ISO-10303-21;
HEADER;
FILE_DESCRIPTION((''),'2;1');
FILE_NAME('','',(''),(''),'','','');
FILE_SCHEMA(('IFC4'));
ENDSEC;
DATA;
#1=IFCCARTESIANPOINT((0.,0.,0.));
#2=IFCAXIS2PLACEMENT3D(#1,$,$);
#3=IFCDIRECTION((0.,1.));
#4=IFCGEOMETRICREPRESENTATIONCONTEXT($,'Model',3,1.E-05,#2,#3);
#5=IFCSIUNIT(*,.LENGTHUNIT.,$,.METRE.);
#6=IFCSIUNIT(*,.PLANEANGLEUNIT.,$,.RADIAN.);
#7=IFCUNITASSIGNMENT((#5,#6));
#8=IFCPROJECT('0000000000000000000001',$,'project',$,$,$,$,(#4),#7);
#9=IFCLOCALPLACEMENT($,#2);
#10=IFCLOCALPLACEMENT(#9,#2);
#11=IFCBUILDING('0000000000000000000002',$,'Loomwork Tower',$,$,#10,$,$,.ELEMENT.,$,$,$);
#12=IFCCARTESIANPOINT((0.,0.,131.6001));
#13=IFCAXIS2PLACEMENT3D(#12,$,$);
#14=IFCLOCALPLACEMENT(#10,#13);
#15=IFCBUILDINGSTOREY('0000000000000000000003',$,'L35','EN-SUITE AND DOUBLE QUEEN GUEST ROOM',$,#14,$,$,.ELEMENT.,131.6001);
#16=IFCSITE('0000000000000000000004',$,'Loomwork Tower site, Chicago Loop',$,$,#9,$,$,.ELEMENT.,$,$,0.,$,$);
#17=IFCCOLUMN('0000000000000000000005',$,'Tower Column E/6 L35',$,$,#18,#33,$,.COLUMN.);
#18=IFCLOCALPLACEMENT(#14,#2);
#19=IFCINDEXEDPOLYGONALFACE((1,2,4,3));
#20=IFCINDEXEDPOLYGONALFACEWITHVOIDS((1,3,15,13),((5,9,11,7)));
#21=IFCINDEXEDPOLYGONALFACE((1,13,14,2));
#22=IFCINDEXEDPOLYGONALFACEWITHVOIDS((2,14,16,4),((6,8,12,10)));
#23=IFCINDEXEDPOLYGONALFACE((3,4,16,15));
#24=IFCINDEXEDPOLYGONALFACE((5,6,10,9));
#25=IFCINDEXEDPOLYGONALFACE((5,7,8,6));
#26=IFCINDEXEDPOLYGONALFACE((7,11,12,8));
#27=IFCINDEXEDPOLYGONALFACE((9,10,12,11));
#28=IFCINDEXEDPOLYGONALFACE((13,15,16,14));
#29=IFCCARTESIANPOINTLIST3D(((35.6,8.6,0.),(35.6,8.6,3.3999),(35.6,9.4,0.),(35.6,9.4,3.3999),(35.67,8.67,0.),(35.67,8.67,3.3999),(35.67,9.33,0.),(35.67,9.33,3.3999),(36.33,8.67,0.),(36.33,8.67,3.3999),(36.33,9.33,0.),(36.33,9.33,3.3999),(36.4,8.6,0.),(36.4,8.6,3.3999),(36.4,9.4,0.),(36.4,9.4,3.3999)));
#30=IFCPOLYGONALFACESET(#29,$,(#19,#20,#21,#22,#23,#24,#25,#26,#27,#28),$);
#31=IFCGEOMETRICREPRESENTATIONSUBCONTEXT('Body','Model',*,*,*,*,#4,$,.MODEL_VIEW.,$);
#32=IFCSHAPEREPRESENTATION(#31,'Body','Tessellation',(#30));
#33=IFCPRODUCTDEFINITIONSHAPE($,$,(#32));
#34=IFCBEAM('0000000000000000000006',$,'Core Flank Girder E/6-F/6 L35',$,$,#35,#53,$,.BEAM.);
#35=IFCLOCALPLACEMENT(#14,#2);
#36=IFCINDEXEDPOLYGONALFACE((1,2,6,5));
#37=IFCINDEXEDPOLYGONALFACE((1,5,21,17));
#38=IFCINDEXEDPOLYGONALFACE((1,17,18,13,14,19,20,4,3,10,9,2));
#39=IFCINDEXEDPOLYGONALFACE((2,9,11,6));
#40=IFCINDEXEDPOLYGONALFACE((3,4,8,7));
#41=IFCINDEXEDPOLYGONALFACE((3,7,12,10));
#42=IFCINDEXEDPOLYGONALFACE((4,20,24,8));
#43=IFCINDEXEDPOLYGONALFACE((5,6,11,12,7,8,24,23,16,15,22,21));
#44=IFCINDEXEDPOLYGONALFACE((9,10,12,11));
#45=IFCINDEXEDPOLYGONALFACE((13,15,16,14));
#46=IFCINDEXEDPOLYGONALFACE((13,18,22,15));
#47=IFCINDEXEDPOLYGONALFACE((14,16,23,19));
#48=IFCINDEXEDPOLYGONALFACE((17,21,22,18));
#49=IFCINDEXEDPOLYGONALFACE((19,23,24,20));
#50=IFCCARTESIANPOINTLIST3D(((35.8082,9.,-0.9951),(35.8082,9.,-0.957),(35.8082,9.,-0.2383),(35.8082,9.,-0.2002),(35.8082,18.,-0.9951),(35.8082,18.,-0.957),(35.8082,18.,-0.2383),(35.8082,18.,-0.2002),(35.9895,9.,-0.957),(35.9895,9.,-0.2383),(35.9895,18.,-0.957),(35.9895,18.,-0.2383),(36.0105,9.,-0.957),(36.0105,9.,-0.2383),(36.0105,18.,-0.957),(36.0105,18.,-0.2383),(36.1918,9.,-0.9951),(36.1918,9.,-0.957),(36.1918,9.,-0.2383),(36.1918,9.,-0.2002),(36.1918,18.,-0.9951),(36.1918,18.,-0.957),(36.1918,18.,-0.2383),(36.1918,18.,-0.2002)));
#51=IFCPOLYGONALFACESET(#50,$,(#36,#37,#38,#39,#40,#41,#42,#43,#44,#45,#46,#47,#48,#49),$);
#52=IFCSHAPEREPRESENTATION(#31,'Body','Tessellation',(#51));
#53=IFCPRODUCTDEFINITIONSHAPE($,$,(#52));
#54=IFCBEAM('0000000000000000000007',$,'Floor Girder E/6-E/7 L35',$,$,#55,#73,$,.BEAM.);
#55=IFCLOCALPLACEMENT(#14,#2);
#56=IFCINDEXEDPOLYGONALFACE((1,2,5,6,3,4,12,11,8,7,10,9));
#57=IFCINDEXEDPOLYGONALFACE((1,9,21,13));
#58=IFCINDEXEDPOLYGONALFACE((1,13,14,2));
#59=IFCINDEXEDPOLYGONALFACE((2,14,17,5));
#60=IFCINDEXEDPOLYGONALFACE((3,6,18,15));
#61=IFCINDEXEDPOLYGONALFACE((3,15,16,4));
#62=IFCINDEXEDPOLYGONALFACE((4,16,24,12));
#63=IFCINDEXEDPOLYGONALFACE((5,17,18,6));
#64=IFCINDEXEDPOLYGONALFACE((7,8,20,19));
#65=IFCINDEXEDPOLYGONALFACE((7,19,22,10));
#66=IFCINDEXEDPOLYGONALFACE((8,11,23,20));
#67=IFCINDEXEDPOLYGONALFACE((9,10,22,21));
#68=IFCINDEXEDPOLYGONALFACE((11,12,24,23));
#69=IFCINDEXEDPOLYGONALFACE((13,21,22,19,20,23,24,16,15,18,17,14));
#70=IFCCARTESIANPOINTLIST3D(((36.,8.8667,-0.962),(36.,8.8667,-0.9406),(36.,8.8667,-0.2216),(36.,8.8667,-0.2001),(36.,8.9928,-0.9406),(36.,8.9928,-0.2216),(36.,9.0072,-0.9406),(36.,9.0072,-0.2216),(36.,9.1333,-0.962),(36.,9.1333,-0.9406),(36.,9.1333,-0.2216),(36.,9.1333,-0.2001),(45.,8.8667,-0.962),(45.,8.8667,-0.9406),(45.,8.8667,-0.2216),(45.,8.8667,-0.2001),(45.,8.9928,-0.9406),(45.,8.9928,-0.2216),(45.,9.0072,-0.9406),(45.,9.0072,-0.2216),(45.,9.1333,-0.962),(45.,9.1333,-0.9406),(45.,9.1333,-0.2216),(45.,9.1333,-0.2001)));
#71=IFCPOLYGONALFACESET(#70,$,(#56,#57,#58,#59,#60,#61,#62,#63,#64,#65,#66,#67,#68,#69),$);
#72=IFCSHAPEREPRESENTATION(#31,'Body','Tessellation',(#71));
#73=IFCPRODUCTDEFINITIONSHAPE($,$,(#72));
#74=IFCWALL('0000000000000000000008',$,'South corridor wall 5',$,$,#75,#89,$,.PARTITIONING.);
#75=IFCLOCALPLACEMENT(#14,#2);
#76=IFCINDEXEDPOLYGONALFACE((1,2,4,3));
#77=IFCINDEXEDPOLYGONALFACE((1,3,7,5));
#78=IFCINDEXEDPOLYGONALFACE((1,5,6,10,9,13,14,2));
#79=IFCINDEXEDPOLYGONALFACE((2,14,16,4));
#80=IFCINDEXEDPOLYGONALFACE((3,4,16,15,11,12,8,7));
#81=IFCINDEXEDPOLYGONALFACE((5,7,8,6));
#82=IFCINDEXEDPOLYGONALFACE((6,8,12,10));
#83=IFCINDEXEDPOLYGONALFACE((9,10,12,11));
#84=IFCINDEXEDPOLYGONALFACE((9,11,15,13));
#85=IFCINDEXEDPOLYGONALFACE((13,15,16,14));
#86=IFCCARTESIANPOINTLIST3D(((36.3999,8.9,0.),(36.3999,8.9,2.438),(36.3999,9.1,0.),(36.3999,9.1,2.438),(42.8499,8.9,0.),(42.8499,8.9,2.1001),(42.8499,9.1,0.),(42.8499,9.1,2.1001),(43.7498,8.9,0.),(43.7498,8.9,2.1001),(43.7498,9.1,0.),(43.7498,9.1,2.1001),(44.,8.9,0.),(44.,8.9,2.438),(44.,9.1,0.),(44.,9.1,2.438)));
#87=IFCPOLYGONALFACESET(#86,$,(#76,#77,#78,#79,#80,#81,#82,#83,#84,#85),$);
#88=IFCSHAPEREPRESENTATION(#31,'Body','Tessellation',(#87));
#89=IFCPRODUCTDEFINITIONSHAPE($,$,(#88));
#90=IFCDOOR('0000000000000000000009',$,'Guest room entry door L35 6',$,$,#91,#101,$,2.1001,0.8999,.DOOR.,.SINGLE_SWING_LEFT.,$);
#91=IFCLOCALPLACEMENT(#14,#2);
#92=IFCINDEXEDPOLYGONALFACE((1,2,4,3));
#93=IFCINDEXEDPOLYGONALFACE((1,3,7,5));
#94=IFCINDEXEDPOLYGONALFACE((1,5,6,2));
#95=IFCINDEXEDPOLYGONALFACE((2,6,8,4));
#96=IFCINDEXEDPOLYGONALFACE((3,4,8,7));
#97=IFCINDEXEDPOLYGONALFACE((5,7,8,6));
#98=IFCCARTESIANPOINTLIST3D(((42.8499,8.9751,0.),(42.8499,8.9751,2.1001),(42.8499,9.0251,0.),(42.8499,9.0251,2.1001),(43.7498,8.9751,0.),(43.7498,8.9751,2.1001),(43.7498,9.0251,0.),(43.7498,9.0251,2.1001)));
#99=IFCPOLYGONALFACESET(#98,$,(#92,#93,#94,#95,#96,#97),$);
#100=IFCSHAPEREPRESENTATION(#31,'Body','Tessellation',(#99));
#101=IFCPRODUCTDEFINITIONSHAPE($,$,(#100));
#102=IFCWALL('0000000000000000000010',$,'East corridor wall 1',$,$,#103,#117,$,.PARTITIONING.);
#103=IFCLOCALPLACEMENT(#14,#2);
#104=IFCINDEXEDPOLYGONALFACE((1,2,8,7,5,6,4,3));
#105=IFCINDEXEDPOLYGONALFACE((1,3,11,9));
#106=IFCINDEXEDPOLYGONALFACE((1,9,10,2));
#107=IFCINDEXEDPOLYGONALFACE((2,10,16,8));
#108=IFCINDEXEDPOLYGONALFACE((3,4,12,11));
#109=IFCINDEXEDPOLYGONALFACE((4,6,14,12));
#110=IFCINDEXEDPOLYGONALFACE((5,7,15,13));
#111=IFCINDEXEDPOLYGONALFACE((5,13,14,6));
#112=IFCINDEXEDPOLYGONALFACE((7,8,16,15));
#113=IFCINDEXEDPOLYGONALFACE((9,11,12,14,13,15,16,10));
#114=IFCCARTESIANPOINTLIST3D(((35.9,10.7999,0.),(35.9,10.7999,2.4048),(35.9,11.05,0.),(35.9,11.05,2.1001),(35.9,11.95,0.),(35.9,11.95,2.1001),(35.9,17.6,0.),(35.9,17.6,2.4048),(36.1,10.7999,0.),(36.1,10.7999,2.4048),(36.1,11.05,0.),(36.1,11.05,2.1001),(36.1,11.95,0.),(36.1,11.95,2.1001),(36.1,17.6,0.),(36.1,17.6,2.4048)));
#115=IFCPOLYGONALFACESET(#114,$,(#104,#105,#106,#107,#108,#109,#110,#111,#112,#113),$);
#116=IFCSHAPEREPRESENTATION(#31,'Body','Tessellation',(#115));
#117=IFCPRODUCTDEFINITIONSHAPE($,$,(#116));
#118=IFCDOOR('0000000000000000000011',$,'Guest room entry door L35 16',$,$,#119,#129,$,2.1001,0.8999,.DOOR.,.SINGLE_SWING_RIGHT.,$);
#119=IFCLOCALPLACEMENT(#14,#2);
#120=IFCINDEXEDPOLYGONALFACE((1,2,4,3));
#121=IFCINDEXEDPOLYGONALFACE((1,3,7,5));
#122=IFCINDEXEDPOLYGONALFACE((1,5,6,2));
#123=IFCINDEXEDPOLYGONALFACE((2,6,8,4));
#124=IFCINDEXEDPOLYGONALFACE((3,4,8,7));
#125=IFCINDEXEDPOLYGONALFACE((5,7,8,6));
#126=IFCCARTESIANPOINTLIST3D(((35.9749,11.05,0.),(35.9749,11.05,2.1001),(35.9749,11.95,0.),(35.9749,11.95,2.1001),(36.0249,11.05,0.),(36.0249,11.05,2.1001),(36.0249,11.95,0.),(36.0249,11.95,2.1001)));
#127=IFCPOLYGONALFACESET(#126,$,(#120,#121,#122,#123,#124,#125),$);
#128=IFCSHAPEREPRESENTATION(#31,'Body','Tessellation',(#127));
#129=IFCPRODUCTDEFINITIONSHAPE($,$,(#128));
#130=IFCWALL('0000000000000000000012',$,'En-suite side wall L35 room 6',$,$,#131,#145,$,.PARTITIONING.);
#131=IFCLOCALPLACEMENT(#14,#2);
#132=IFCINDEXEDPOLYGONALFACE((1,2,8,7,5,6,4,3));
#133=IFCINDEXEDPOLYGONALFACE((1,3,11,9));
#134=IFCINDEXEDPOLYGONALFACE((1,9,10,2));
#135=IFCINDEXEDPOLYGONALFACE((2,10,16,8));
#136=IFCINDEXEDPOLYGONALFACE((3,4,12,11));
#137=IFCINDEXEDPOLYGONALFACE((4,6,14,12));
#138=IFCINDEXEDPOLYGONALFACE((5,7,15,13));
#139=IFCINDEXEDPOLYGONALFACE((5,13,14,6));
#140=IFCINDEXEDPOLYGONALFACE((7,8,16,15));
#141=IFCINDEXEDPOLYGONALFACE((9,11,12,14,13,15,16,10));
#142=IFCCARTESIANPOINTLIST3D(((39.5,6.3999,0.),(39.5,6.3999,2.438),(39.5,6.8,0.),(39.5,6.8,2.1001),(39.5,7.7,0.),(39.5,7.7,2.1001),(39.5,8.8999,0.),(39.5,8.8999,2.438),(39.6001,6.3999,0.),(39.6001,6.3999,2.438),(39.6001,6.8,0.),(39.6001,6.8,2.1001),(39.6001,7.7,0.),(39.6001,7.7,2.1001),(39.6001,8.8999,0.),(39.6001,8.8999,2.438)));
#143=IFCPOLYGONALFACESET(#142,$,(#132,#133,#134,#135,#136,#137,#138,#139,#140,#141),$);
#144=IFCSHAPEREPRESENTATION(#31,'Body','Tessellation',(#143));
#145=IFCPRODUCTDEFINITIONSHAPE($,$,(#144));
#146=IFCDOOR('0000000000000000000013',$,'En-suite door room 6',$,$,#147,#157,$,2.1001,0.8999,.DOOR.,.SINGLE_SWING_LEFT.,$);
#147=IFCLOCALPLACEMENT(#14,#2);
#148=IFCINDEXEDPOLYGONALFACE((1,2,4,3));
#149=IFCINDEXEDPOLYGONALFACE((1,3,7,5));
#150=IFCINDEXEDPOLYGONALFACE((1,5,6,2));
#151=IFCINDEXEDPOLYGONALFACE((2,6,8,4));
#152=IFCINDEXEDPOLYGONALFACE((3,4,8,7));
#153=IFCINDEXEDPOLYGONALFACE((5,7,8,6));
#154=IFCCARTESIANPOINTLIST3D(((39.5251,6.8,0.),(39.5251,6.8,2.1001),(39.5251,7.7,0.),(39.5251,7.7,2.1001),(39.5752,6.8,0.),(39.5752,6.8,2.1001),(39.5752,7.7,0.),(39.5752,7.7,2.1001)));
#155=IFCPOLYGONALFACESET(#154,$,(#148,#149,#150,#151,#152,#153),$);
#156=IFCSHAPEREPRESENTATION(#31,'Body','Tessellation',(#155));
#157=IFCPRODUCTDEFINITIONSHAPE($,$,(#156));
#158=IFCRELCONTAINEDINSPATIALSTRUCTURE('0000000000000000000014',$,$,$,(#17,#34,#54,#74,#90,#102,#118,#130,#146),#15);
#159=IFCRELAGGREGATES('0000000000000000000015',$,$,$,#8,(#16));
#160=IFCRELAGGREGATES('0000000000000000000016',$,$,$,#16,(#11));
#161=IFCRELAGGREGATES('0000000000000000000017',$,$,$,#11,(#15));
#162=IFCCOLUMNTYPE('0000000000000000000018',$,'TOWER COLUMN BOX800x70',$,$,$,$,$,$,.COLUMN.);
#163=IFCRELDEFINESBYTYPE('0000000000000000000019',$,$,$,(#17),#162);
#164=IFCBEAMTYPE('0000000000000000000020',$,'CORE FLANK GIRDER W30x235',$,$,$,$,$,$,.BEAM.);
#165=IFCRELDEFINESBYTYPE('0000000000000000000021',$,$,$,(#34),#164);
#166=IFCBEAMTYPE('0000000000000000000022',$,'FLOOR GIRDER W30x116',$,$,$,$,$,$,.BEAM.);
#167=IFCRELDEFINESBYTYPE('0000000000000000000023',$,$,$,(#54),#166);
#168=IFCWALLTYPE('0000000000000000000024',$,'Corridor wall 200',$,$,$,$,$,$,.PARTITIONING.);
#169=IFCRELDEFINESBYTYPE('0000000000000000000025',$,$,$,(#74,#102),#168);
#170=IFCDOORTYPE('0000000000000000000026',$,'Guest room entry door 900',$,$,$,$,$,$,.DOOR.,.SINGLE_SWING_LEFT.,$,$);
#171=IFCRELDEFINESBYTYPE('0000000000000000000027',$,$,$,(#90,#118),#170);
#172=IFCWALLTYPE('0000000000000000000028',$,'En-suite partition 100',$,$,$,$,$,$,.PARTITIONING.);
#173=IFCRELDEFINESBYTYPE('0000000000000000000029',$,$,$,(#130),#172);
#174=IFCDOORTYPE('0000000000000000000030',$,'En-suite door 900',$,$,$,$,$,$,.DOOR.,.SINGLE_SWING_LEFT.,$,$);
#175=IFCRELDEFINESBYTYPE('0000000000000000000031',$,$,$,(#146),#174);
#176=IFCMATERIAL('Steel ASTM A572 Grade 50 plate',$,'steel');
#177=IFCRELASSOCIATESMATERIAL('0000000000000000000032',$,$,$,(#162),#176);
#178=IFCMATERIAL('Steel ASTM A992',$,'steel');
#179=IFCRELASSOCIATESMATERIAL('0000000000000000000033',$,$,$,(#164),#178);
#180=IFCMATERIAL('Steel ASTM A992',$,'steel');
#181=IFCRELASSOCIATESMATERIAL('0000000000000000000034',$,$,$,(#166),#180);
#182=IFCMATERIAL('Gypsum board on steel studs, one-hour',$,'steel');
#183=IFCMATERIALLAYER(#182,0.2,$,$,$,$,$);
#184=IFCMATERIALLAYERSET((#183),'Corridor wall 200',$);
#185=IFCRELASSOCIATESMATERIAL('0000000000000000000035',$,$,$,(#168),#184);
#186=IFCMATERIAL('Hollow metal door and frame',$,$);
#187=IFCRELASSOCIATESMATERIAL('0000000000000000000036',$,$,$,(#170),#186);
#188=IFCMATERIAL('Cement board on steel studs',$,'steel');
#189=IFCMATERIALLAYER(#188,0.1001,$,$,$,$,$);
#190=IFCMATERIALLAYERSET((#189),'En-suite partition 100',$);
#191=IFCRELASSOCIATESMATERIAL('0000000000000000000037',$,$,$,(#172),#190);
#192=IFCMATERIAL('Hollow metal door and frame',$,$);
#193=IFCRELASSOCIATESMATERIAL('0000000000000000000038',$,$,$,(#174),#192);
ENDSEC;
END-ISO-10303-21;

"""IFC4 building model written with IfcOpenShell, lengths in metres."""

from ifc_helpers import new_model, si_unit, direction, frame, frame_2d, origin, origin_2d, place, context, subcontext, project, spatial, rectangle, hollow_rectangle, i_section, extrude, material, layer, layer_set, material_profile, profile_set, type_object, element, fill, save


model = new_model("IFC4")

# Units and contexts
model_context = context("Model", 3, precision=1e-05, world=origin(), true_north=direction((0.0, 1.0)))
body_context = subcontext(model_context, "Body", "Model", "MODEL_VIEW")
ifc_project = project(units=[si_unit("LENGTHUNIT", "METRE"), si_unit("PLANEANGLEUNIT", "RADIAN")], contexts=[model_context])

# Site, building, storey
site_placement = place(None, origin())
site = spatial("IfcSite", under=ifc_project, at=site_placement, Name="Loomwork Tower site, Chicago Loop", CompositionType="ELEMENT", RefElevation=0.0)
building_placement = place(site_placement, origin())
building = spatial("IfcBuilding", under=site, at=building_placement, Name="Loomwork Tower", CompositionType="ELEMENT")
storey_placement = place(building_placement, frame((0.0, 0.0, 131.6001)))
storey = spatial("IfcBuildingStorey", under=building, at=storey_placement, Name="L35", Description="EN-SUITE AND DOUBLE QUEEN GUEST ROOM", CompositionType="ELEMENT", Elevation=131.6001)

# Column
ifc_material_1 = material(Name="Steel ASTM A572 Grade 50 plate", Category="steel")
ifc_material_profile_1 = material_profile(ifc_material_1, hollow_rectangle(XDim=0.8, YDim=0.8, WallThickness=0.0701, at=origin_2d()), Name="BOX800x70")
ifc_profile_set_1 = profile_set([ifc_material_profile_1], Name="Steel ASTM A572 Grade 50 plate")
column_type = type_object("IfcColumnType", Name="TOWER COLUMN BOX800x70", PredefinedType="COLUMN", material=ifc_profile_set_1)
column_placement = place(storey_placement, frame((36.0, 9.0, 0.0), z_axis=(0.0, 0.0, 1.0), x_axis=(0.0, 1.0, 0.0)))
element("IfcColumn", 1, at=column_placement, inside=storey, type_object=column_type, Name="Tower Column E/6 L35", PredefinedType="COLUMN", context=body_context, shape_type="SweptSolid", body=[
    extrude(hollow_rectangle(XDim=0.8, YDim=0.8, WallThickness=0.0701, at=origin_2d()), origin(), (0.0, 0.0, 1.0), 3.3999),
])

# Beams
ifc_material_2 = material(Name="Steel ASTM A992", Category="steel")
ifc_material_profile_2 = material_profile(ifc_material_2, i_section(OverallWidth=0.3835, OverallDepth=0.7949, WebThickness=0.021, FlangeThickness=0.0381, at=origin_2d()), Name="W30x235")
ifc_profile_set_2 = profile_set([ifc_material_profile_2], Name="Steel ASTM A992")
beam_type_1 = type_object("IfcBeamType", Name="CORE FLANK GIRDER W30x235", PredefinedType="BEAM", material=ifc_profile_set_2)
beam_1_placement = place(storey_placement, frame((36.0, 9.0, -0.5977), z_axis=(0.0, 1.0, 0.0), x_axis=(-1.0, 0.0, 0.0)))
element("IfcBeam", 2, at=beam_1_placement, inside=storey, type_object=beam_type_1, Name="Core Flank Girder E/6-F/6 L35", PredefinedType="BEAM", context=body_context, shape_type="SweptSolid", body=[
    extrude(i_section(OverallWidth=0.3835, OverallDepth=0.7949, WebThickness=0.021, FlangeThickness=0.0381, at=origin_2d()), origin(), (0.0, 0.0, 1.0), 9.0),
])
ifc_material_3 = material(Name="Steel ASTM A992", Category="steel")
ifc_material_profile_3 = material_profile(ifc_material_3, i_section(OverallWidth=0.2666, OverallDepth=0.762, WebThickness=0.0144, FlangeThickness=0.0215, at=origin_2d()), Name="W30x116")
ifc_profile_set_3 = profile_set([ifc_material_profile_3], Name="Steel ASTM A992")
beam_type_2 = type_object("IfcBeamType", Name="FLOOR GIRDER W30x116", PredefinedType="BEAM", material=ifc_profile_set_3)
beam_2_placement = place(storey_placement, frame((36.0, 9.0, -0.5811), z_axis=(1.0, 0.0, 0.0), x_axis=(0.0, 1.0, 0.0)))
element("IfcBeam", 3, at=beam_2_placement, inside=storey, type_object=beam_type_2, Name="Floor Girder E/6-E/7 L35", PredefinedType="BEAM", context=body_context, shape_type="SweptSolid", body=[
    extrude(i_section(OverallWidth=0.2666, OverallDepth=0.762, WebThickness=0.0144, FlangeThickness=0.0215, at=origin_2d()), origin(), (0.0, 0.0, 1.0), 9.0),
])

# Walls, openings, doors
ifc_material_4 = material(Name="Gypsum board on steel studs, one-hour", Category="steel")
ifc_layer_1 = layer(ifc_material_4, 0.2)
ifc_layer_set_1 = layer_set([ifc_layer_1], Name="Corridor wall 200")
wall_type_1 = type_object("IfcWallType", Name="Corridor wall 200", PredefinedType="PARTITIONING", material=ifc_layer_set_1)
wall_1_placement = place(storey_placement, frame((36.3999, 9.0, 0.0), z_axis=(0.0, 0.0, 1.0), x_axis=(1.0, 0.0, 0.0)))
wall_1 = element("IfcWall", 4, at=wall_1_placement, inside=storey, type_object=wall_type_1, Name="South corridor wall 5", PredefinedType="PARTITIONING", context=body_context, shape_type="SweptSolid", body=[
    extrude(rectangle(XDim=7.6001, YDim=0.2, at=frame_2d((3.8, 0.0))), origin(), (0.0, 0.0, 1.0), 2.438),
])
opening_1_placement = place(wall_1_placement, frame((6.45, 0.0, 0.0)))
opening_1 = element("IfcOpeningElement", 5, at=opening_1_placement, cuts=wall_1, PredefinedType="OPENING", context=body_context, shape_type="SweptSolid", body=[
    extrude(rectangle(XDim=0.8999, YDim=2.1001, at=frame_2d((0.45, 1.05))), frame((0.0, 0.1099, 0.0), z_axis=(0.0, -1.0, 0.0), x_axis=(1.0, 0.0, 0.0)), (0.0, 0.0, 1.0), 0.22),
])
ifc_material_5 = material(Name="Hollow metal door and frame")
door_type_1 = type_object("IfcDoorType", Name="Guest room entry door 900", OperationType="SINGLE_SWING_LEFT", PredefinedType="DOOR", material=ifc_material_5)
door_1_placement = place(opening_1_placement, frame((0.8999, 0.0, 0.0), z_axis=(0.0, 0.0, 1.0), x_axis=(-1.0, 0.0, 0.0)))
door_1 = element("IfcDoor", 6, at=door_1_placement, inside=storey, type_object=door_type_1, Name="Guest room entry door L35 6", OperationType="SINGLE_SWING_LEFT", OverallHeight=2.1001, OverallWidth=0.8999, PredefinedType="DOOR", context=body_context, shape_type="SweptSolid", body=[
    extrude(rectangle(XDim=0.8999, YDim=2.1001, at=frame_2d((0.45, 1.05))), frame((0.0, 0.0249, 0.0), z_axis=(0.0, -1.0, 0.0), x_axis=(1.0, 0.0, 0.0)), (0.0, 0.0, 1.0), 0.05),
])
fill(opening_1, door_1)
wall_2_placement = place(storey_placement, frame((36.0, 10.8, 0.0), z_axis=(0.0, 0.0, 1.0), x_axis=(0.0, 1.0, 0.0)))
wall_2 = element("IfcWall", 7, at=wall_2_placement, inside=storey, type_object=wall_type_1, Name="East corridor wall 1", PredefinedType="PARTITIONING", context=body_context, shape_type="SweptSolid", body=[
    extrude(rectangle(XDim=6.8, YDim=0.2, at=frame_2d((3.3999, 0.0))), origin(), (0.0, 0.0, 1.0), 2.4048),
])
opening_2_placement = place(wall_2_placement, frame((0.25, 0.0, 0.0)))
opening_2 = element("IfcOpeningElement", 8, at=opening_2_placement, cuts=wall_2, PredefinedType="OPENING", context=body_context, shape_type="SweptSolid", body=[
    extrude(rectangle(XDim=0.8999, YDim=2.1001, at=frame_2d((0.45, 1.05))), frame((0.0, 0.1099, 0.0), z_axis=(0.0, -1.0, 0.0), x_axis=(1.0, 0.0, 0.0)), (0.0, 0.0, 1.0), 0.22),
])
door_2_placement = place(opening_2_placement, frame((0.8999, 0.0, 0.0), z_axis=(0.0, 0.0, 1.0), x_axis=(-1.0, 0.0, 0.0)))
door_2 = element("IfcDoor", 9, at=door_2_placement, inside=storey, type_object=door_type_1, Name="Guest room entry door L35 16", OperationType="SINGLE_SWING_RIGHT", OverallHeight=2.1001, OverallWidth=0.8999, PredefinedType="DOOR", context=body_context, shape_type="SweptSolid", body=[
    extrude(rectangle(XDim=0.8999, YDim=2.1001, at=frame_2d((0.45, 1.05))), frame((0.0, 0.0249, 0.0), z_axis=(0.0, -1.0, 0.0), x_axis=(1.0, 0.0, 0.0)), (0.0, 0.0, 1.0), 0.05),
])
fill(opening_2, door_2)
ifc_material_6 = material(Name="Cement board on steel studs", Category="steel")
ifc_layer_2 = layer(ifc_material_6, 0.1001)
ifc_layer_set_2 = layer_set([ifc_layer_2], Name="En-suite partition 100")
wall_type_2 = type_object("IfcWallType", Name="En-suite partition 100", PredefinedType="PARTITIONING", material=ifc_layer_set_2)
wall_3_placement = place(storey_placement, frame((39.55, 8.8999, 0.0), z_axis=(0.0, 0.0, 1.0), x_axis=(0.0, -1.0, 0.0)))
wall_3 = element("IfcWall", 10, at=wall_3_placement, inside=storey, type_object=wall_type_2, Name="En-suite side wall L35 room 6", PredefinedType="PARTITIONING", context=body_context, shape_type="SweptSolid", body=[
    extrude(rectangle(XDim=2.5, YDim=0.1001, at=frame_2d((1.25, 0.0))), origin(), (0.0, 0.0, 1.0), 2.438),
])
opening_3_placement = place(wall_3_placement, frame((1.2, 0.0, 0.0)))
opening_3 = element("IfcOpeningElement", 11, at=opening_3_placement, cuts=wall_3, PredefinedType="OPENING", context=body_context, shape_type="SweptSolid", body=[
    extrude(rectangle(XDim=0.8999, YDim=2.1001, at=frame_2d((0.45, 1.05))), frame((0.0, 0.0601, 0.0), z_axis=(0.0, -1.0, 0.0), x_axis=(1.0, 0.0, 0.0)), (0.0, 0.0, 1.0), 0.1201),
])
ifc_material_7 = material(Name="Hollow metal door and frame")
door_type_2 = type_object("IfcDoorType", Name="En-suite door 900", OperationType="SINGLE_SWING_LEFT", PredefinedType="DOOR", material=ifc_material_7)
door_3_placement = place(opening_3_placement, frame((0.8999, 0.0, 0.0), z_axis=(0.0, 0.0, 1.0), x_axis=(-1.0, 0.0, 0.0)))
door_3 = element("IfcDoor", 12, at=door_3_placement, inside=storey, type_object=door_type_2, Name="En-suite door room 6", OperationType="SINGLE_SWING_LEFT", OverallHeight=2.1001, OverallWidth=0.8999, PredefinedType="DOOR", context=body_context, shape_type="SweptSolid", body=[
    extrude(rectangle(XDim=0.8999, YDim=2.1001, at=frame_2d((0.45, 1.05))), frame((0.0, 0.0249, 0.0), z_axis=(0.0, -1.0, 0.0), x_axis=(1.0, 0.0, 0.0)), (0.0, 0.0, 1.0), 0.05),
])
fill(opening_3, door_3)

save(model, "model.ifc")
